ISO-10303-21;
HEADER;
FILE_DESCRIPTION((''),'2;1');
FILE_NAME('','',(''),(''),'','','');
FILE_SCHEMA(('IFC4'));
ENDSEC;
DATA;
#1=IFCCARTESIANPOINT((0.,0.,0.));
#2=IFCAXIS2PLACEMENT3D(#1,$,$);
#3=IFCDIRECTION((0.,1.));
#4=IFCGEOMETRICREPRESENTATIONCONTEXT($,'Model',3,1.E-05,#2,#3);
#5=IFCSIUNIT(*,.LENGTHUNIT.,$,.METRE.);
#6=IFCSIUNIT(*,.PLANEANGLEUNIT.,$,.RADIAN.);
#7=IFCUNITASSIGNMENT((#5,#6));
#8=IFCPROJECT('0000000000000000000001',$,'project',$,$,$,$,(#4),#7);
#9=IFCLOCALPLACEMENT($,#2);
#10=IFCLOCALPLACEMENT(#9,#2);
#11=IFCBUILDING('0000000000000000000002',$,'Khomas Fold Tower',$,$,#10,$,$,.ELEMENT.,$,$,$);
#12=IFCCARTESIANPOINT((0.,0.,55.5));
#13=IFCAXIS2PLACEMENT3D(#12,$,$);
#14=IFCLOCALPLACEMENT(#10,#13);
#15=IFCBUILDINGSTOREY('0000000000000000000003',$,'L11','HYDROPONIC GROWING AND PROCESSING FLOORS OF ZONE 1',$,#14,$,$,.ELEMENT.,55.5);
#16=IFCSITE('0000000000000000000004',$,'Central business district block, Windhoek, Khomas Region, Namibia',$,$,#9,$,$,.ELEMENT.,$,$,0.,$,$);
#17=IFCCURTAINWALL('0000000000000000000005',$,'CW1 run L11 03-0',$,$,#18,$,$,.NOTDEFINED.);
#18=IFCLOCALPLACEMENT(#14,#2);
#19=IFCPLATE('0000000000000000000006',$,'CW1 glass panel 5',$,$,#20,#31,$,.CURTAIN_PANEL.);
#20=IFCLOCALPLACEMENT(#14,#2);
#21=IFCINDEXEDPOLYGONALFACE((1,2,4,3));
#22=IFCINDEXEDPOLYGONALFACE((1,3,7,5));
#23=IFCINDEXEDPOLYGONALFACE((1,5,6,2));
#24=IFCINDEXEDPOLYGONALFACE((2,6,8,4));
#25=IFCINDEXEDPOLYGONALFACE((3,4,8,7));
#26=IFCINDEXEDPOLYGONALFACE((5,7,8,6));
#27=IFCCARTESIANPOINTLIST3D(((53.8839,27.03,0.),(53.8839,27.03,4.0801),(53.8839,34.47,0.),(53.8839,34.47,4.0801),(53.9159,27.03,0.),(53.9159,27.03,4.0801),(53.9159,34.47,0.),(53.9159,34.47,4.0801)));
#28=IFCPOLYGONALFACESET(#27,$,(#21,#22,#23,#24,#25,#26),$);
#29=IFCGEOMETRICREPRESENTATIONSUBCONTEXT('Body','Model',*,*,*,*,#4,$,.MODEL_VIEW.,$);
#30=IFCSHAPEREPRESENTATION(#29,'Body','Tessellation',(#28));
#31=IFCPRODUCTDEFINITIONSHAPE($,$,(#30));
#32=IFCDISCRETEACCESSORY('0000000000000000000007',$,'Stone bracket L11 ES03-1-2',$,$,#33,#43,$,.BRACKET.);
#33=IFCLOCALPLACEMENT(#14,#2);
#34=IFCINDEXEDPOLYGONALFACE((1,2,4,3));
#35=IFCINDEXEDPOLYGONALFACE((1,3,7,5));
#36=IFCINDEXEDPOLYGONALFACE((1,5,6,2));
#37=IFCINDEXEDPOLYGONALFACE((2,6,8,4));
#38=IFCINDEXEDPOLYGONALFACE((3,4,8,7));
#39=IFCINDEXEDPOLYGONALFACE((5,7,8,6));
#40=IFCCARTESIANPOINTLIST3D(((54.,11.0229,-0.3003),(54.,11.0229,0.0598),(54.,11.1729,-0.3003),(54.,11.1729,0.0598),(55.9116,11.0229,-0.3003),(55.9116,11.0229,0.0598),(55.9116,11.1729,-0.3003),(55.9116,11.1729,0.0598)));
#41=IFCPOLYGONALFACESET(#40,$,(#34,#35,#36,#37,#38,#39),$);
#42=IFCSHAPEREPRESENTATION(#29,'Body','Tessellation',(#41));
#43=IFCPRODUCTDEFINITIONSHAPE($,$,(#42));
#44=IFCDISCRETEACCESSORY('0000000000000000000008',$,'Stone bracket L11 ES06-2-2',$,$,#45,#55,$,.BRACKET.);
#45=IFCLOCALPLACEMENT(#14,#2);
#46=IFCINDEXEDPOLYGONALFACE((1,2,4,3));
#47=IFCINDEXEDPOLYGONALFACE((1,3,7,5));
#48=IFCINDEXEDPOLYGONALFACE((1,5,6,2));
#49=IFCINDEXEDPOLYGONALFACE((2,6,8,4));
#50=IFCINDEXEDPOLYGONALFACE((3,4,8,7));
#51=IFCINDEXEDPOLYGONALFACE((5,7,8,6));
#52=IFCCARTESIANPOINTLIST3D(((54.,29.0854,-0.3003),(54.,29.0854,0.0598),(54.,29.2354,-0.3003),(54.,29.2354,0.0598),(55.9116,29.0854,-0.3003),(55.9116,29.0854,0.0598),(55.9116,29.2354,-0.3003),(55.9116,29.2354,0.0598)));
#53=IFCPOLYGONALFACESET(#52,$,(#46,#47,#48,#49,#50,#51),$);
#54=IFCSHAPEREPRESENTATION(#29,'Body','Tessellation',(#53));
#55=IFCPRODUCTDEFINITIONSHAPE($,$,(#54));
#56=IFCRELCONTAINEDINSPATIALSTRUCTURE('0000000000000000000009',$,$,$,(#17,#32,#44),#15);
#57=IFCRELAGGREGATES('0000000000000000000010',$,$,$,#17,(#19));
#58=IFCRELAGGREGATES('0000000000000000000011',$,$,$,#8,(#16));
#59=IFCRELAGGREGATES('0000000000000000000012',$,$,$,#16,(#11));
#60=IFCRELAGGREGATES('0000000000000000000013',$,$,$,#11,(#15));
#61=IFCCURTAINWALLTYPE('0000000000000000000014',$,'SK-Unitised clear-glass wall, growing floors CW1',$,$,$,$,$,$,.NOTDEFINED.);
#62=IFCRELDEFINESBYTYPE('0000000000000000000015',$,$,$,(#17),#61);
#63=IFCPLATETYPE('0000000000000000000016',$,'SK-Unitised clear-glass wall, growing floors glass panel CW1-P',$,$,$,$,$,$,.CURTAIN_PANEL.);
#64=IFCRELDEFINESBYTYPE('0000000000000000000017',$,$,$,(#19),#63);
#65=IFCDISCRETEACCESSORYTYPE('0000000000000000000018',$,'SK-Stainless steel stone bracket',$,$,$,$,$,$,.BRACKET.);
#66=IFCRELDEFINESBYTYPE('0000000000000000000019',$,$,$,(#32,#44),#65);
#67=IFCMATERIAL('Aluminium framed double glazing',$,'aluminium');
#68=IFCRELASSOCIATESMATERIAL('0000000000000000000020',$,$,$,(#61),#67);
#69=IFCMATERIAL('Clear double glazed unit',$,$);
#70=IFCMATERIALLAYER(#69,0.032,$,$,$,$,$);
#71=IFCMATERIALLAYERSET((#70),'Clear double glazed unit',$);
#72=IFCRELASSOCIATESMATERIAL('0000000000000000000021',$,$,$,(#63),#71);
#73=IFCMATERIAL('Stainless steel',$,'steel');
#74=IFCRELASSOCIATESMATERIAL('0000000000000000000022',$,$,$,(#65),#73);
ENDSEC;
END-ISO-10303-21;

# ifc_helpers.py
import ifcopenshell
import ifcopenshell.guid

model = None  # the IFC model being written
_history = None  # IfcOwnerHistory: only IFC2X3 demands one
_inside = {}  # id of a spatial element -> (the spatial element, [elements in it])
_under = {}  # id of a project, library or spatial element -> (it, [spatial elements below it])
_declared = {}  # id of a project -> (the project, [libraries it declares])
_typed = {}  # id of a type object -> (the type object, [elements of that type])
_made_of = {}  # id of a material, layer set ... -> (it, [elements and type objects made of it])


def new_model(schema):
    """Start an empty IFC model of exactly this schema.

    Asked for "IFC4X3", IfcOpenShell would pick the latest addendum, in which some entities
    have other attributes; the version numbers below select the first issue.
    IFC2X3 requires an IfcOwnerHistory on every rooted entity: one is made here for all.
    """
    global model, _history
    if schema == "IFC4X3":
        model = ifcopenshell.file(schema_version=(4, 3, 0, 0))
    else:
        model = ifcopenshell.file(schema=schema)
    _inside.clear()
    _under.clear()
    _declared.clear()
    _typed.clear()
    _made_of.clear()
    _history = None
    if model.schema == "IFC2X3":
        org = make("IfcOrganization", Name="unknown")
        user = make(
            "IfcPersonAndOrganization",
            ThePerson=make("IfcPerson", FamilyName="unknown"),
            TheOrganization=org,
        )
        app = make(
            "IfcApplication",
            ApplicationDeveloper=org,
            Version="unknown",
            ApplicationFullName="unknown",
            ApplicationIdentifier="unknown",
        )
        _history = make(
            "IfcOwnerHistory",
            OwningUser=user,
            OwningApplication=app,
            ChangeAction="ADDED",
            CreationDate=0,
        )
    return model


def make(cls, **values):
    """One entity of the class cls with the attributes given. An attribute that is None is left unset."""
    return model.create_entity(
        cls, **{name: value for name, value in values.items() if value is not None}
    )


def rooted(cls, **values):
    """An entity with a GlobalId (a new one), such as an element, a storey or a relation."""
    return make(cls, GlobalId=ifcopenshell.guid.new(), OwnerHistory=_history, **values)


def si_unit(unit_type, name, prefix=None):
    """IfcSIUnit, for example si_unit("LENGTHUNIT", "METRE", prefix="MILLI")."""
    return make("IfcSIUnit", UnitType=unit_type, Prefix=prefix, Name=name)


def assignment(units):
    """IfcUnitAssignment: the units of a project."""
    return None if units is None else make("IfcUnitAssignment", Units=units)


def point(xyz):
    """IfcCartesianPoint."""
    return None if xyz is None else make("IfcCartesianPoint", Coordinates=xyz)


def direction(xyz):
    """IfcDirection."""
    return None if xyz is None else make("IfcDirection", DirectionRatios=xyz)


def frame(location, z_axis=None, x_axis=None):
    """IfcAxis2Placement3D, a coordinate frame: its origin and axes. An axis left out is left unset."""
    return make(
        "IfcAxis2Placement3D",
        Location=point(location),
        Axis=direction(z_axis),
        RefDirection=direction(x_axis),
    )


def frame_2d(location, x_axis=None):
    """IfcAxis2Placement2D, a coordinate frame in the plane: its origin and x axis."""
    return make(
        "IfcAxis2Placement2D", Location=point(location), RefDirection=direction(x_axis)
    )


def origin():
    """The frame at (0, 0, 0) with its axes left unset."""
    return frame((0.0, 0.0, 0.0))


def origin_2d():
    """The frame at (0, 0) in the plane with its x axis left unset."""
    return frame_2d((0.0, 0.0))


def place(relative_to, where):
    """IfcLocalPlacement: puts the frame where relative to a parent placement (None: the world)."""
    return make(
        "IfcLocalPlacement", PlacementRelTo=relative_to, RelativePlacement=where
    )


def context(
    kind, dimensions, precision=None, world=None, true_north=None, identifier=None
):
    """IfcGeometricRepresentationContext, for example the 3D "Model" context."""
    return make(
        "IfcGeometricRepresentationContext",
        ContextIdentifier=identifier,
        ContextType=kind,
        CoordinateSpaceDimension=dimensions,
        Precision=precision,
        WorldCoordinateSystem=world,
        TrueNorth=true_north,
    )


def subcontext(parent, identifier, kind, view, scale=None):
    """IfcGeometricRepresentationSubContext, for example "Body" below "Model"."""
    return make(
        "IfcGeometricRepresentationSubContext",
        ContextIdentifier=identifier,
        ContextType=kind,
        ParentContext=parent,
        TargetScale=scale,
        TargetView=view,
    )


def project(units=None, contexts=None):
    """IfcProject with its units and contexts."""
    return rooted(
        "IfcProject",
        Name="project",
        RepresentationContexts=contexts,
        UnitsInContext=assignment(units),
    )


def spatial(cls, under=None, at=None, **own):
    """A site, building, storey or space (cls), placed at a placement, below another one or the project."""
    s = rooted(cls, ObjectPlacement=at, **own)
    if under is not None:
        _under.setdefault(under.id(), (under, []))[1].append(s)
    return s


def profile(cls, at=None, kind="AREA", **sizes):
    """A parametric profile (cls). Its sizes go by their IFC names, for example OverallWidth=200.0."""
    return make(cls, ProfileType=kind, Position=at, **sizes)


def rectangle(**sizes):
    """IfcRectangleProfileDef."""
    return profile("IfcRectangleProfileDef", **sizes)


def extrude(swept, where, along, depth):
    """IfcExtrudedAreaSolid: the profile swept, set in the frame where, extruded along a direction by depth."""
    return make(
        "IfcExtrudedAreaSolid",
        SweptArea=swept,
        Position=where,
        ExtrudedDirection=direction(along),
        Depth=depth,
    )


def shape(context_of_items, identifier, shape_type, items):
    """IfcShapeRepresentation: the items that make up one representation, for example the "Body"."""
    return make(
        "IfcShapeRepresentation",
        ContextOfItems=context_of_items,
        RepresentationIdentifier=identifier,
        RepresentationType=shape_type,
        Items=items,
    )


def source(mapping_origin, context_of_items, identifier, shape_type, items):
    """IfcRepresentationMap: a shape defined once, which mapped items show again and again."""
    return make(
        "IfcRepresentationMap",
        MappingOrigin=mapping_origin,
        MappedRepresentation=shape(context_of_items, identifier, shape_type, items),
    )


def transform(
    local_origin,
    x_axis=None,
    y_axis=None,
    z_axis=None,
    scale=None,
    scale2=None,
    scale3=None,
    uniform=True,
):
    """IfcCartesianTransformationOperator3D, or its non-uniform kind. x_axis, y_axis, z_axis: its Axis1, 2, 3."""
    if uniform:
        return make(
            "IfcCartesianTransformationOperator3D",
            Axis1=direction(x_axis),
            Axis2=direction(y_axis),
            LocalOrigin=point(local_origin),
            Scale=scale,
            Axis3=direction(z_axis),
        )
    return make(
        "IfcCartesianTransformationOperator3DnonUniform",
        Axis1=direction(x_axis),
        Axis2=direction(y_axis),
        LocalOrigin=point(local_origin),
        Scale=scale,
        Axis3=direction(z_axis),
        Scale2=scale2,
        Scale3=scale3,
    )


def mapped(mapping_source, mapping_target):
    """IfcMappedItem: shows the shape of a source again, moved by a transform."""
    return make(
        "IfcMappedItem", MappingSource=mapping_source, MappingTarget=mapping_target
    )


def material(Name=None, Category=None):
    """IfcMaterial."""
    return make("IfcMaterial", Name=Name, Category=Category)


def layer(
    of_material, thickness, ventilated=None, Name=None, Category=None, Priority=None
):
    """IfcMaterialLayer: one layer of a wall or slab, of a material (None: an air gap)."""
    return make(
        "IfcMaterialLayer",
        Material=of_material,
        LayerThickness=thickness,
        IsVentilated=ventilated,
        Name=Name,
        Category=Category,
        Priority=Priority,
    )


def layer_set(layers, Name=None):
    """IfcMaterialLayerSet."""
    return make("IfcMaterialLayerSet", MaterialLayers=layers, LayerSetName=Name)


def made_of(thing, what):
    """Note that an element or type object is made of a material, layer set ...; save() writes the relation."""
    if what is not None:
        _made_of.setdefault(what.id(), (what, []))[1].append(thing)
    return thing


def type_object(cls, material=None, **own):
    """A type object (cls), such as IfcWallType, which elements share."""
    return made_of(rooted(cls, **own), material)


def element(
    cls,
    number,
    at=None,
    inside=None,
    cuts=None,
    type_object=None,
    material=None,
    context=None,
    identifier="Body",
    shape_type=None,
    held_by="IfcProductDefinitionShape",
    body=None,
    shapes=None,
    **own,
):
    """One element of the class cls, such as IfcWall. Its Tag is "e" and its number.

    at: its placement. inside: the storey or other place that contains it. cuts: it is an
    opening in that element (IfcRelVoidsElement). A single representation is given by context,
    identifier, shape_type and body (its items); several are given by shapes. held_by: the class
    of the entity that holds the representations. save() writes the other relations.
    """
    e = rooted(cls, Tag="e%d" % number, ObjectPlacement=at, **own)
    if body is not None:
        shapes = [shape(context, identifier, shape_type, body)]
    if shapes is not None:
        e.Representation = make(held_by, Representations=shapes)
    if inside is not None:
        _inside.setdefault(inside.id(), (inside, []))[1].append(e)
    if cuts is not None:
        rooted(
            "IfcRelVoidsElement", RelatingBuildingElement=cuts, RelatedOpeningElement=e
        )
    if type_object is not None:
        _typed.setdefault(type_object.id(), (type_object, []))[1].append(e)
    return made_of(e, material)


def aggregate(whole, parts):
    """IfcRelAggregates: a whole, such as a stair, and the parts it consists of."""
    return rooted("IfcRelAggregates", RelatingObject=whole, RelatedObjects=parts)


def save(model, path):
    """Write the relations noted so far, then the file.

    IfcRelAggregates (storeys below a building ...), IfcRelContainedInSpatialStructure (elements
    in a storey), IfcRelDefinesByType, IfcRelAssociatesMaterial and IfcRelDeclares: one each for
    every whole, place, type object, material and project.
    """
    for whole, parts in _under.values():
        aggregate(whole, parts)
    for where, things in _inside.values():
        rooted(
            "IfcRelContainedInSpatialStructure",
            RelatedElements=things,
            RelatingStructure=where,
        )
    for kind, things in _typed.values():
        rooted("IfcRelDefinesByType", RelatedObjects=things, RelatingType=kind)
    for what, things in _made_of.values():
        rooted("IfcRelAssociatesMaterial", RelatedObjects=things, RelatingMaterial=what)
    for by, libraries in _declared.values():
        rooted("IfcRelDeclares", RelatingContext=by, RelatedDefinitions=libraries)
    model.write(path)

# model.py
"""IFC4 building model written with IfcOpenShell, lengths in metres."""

from ifc_helpers import new_model, si_unit, direction, frame, origin, origin_2d, place, context, subcontext, project, spatial, rectangle, extrude, source, transform, mapped, material, layer, layer_set, type_object, element, aggregate, save


model = new_model("IFC4")

# Units and contexts
model_context = context("Model", 3, precision=1e-05, world=origin(), true_north=direction((0.0, 1.0)))
body_context = subcontext(model_context, "Body", "Model", "MODEL_VIEW")
ifc_project = project(units=[si_unit("LENGTHUNIT", "METRE"), si_unit("PLANEANGLEUNIT", "RADIAN")], contexts=[model_context])

# Site, building, storey
site_placement = place(None, origin())
site = spatial("IfcSite", under=ifc_project, at=site_placement, Name="Central business district block, Windhoek, Khomas Region, Namibia", CompositionType="ELEMENT", RefElevation=0.0)
building_placement = place(site_placement, origin())
building = spatial("IfcBuilding", under=site, at=building_placement, Name="Khomas Fold Tower", CompositionType="ELEMENT")
storey_placement = place(building_placement, frame((0.0, 0.0, 55.5)))
storey = spatial("IfcBuildingStorey", under=building, at=storey_placement, Name="L11", Description="HYDROPONIC GROWING AND PROCESSING FLOORS OF ZONE 1", CompositionType="ELEMENT", Elevation=55.5)

# Curtain wall, plate
ifc_material_1 = material(Name="Aluminium framed double glazing", Category="aluminium")
curtain_wall_type = type_object("IfcCurtainWallType", Name="SK-Unitised clear-glass wall, growing floors CW1", PredefinedType="NOTDEFINED", material=ifc_material_1)
curtain_wall_placement = place(storey_placement, origin())
curtain_wall = element("IfcCurtainWall", 1, at=curtain_wall_placement, inside=storey, type_object=curtain_wall_type, Name="CW1 run L11 03-0", PredefinedType="NOTDEFINED")
ifc_material_2 = material(Name="Clear double glazed unit")
ifc_layer = layer(ifc_material_2, 0.032)
ifc_layer_set = layer_set([ifc_layer], Name="Clear double glazed unit")
plate_type = type_object("IfcPlateType", Name="SK-Unitised clear-glass wall, growing floors glass panel CW1-P", PredefinedType="CURTAIN_PANEL", material=ifc_layer_set)
shared_shape_1 = source(origin(), body_context, "Body", "SweptSolid", [
    extrude(rectangle(XDim=7.4399, YDim=0.032, at=origin_2d()), origin(), (0.0, 0.0, 1.0), 4.0801),
])
plate_1_placement = place(storey_placement, frame((53.8999, 30.75, 0.0), z_axis=(0.0, 0.0, 1.0), x_axis=(0.0, 1.0, 0.0)))
plate_1 = element("IfcPlate", 2, at=plate_1_placement, type_object=plate_type, Name="CW1 glass panel 5", PredefinedType="CURTAIN_PANEL", context=body_context, shape_type="MappedRepresentation", body=[
    mapped(shared_shape_1, transform((0.0, 0.0, 0.0))),
])
aggregate(curtain_wall, [plate_1])

# Discrete accessories
ifc_material_3 = material(Name="Stainless steel", Category="steel")
discrete_accessory_type = type_object("IfcDiscreteAccessoryType", Name="SK-Stainless steel stone bracket", PredefinedType="BRACKET", material=ifc_material_3)
shared_shape_2 = source(origin(), body_context, "Body", "SweptSolid", [
    extrude(rectangle(XDim=1.9116, YDim=0.1499, at=origin_2d()), origin(), (0.0, 0.0, 1.0), 0.3601),
])
for number, where, z_axis, x_axis, name in (
    (3, (54.9558, 11.0979, -0.3003), (0.0, 0.0, 1.0), (1.0, 0.0, 0.0), "Stone bracket L11 ES03-1-2"),
    (4, (54.9558, 29.1604, -0.3003), (0.0, 0.0, 1.0), (1.0, 0.0, 0.0), "Stone bracket L11 ES06-2-2"),
):
    element("IfcDiscreteAccessory", number, at=place(storey_placement, frame(where, z_axis=z_axis, x_axis=x_axis)), inside=storey, type_object=discrete_accessory_type, Name=name, PredefinedType="BRACKET", context=body_context, shape_type="MappedRepresentation", body=[
        mapped(shared_shape_2, transform((0.0, 0.0, 0.0))),
    ])

save(model, "model.ifc")
